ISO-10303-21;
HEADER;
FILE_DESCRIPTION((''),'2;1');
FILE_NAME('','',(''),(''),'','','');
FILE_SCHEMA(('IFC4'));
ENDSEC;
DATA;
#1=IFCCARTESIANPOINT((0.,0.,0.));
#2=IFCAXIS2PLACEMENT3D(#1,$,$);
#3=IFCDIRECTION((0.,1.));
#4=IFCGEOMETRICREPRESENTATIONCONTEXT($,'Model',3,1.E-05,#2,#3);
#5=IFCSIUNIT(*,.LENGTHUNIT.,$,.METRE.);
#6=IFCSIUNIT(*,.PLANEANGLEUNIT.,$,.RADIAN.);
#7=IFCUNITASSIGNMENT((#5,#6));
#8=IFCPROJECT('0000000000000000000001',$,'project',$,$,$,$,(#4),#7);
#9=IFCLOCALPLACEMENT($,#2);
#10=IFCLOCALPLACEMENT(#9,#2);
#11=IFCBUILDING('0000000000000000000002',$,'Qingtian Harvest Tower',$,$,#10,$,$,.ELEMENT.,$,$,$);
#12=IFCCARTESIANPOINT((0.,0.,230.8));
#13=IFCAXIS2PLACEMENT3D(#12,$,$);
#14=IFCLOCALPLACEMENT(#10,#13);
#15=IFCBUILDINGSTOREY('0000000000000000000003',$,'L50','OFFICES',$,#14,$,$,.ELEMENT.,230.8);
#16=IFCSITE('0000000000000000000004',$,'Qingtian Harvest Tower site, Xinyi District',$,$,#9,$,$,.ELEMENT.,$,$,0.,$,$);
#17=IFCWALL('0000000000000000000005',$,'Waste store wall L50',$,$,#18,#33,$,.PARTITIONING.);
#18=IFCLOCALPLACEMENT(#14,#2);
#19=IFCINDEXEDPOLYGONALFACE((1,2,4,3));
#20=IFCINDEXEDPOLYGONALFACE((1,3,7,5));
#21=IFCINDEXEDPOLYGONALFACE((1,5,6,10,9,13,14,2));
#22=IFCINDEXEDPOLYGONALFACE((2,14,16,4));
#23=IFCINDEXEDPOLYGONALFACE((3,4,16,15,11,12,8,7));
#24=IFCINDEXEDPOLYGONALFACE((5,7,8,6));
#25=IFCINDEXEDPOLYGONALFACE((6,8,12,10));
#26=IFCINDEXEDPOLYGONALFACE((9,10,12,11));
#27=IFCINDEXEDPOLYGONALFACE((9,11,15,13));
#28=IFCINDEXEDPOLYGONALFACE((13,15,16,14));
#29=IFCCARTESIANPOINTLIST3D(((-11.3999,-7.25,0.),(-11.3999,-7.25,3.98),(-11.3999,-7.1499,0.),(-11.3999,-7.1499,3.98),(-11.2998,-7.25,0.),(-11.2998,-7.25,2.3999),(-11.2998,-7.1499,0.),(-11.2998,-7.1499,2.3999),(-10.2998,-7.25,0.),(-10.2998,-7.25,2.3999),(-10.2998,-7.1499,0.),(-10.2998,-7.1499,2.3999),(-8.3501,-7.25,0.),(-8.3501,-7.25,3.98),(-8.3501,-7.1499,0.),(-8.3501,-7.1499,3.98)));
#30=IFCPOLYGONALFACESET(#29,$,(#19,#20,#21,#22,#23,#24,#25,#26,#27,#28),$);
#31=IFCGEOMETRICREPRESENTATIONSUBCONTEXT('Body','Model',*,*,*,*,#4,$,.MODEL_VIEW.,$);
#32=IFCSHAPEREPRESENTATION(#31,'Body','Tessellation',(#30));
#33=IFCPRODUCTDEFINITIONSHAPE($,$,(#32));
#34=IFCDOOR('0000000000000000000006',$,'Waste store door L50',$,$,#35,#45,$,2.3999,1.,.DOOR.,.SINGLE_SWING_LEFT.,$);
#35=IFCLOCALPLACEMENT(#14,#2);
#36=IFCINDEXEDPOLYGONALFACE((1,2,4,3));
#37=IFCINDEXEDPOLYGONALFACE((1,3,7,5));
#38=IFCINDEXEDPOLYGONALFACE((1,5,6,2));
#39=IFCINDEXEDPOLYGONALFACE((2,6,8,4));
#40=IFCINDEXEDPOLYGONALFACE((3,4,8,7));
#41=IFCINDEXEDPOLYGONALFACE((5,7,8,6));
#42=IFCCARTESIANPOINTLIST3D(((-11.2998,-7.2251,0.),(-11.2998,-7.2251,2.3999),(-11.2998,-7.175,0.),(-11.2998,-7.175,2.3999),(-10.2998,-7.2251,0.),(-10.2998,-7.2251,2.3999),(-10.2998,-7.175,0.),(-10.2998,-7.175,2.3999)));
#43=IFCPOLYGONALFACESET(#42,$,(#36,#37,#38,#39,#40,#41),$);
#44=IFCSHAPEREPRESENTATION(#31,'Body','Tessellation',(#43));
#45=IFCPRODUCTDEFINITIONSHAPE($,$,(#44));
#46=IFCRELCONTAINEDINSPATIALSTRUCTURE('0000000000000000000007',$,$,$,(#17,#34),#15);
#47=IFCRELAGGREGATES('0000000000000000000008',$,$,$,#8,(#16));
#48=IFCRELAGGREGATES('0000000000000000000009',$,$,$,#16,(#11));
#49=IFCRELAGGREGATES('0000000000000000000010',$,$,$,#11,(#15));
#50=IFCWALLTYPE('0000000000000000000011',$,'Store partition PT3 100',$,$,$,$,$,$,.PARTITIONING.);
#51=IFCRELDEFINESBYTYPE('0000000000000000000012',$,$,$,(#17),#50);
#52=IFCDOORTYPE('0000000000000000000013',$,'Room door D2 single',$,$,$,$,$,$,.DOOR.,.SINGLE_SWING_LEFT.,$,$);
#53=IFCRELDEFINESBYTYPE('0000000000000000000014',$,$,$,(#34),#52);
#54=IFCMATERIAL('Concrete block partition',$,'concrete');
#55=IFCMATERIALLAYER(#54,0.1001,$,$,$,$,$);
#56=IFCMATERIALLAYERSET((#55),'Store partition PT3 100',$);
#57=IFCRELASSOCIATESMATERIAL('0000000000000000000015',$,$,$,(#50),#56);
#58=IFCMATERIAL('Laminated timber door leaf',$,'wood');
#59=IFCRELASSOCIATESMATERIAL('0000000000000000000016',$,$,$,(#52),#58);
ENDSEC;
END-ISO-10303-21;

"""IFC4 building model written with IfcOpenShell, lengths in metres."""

from ifc_helpers import new_model, si_unit, direction, frame, frame_2d, origin, place, context, subcontext, project, spatial, rectangle, extrude, material, layer, layer_set, type_object, element, fill, save


model = new_model("IFC4")

# Units and contexts
model_context = context("Model", 3, precision=1e-05, world=origin(), true_north=direction((0.0, 1.0)))
body_context = subcontext(model_context, "Body", "Model", "MODEL_VIEW")
ifc_project = project(units=[si_unit("LENGTHUNIT", "METRE"), si_unit("PLANEANGLEUNIT", "RADIAN")], contexts=[model_context])

# Site, building, storey
site_placement = place(None, origin())
site = spatial("IfcSite", under=ifc_project, at=site_placement, Name="Qingtian Harvest Tower site, Xinyi District", CompositionType="ELEMENT", RefElevation=0.0)
building_placement = place(site_placement, origin())
building = spatial("IfcBuilding", under=site, at=building_placement, Name="Qingtian Harvest Tower", CompositionType="ELEMENT")
storey_placement = place(building_placement, frame((0.0, 0.0, 230.8)))
storey = spatial("IfcBuildingStorey", under=building, at=storey_placement, Name="L50", Description="OFFICES", CompositionType="ELEMENT", Elevation=230.8)

# Wall, opening, door
ifc_material_1 = material(Name="Concrete block partition", Category="concrete")
ifc_layer_1 = layer(ifc_material_1, 0.1001)
ifc_layer_set_1 = layer_set([ifc_layer_1], Name="Store partition PT3 100")
wall_type_1 = type_object("IfcWallType", Name="Store partition PT3 100", PredefinedType="PARTITIONING", material=ifc_layer_set_1)
wall_1_placement = place(storey_placement, frame((-11.3999, -7.2, 0.0), z_axis=(0.0, 0.0, 1.0), x_axis=(1.0, 0.0, 0.0)))
wall_1 = element("IfcWall", 1, at=wall_1_placement, inside=storey, type_object=wall_type_1, Name="Waste store wall L50", PredefinedType="PARTITIONING", context=body_context, shape_type="SweptSolid", body=[
    extrude(rectangle(XDim=3.0498, YDim=0.1001, at=frame_2d((1.5249, 0.0))), origin(), (0.0, 0.0, 1.0), 3.98),
])
opening_1_placement = place(wall_1_placement, frame((0.1001, 0.0, 0.0)))
opening_1 = element("IfcOpeningElement", 2, at=opening_1_placement, cuts=wall_1, PredefinedType="OPENING", context=body_context, shape_type="SweptSolid", body=[
    extrude(rectangle(XDim=1.0, YDim=2.3999, at=frame_2d((0.5, 1.2))), frame((0.0, 0.0601, 0.0), z_axis=(0.0, -1.0, 0.0), x_axis=(1.0, 0.0, 0.0)), (0.0, 0.0, 1.0), 0.1201),
])
ifc_material_2 = material(Name="Laminated timber door leaf", Category="wood")
door_type_1 = type_object("IfcDoorType", Name="Room door D2 single", OperationType="SINGLE_SWING_LEFT", PredefinedType="DOOR", material=ifc_material_2)
door_1_placement = place(opening_1_placement, origin())
door_1 = element("IfcDoor", 3, at=door_1_placement, inside=storey, type_object=door_type_1, Name="Waste store door L50", OperationType="SINGLE_SWING_LEFT", OverallHeight=2.3999, OverallWidth=1.0, PredefinedType="DOOR", context=body_context, shape_type="SweptSolid", body=[
    extrude(rectangle(XDim=1.0, YDim=2.3999, at=frame_2d((0.5, 1.2))), frame((0.0, 0.0249, 0.0), z_axis=(0.0, -1.0, 0.0), x_axis=(1.0, 0.0, 0.0)), (0.0, 0.0, 1.0), 0.05),
])
fill(opening_1, door_1)

save(model, "model.ifc")
